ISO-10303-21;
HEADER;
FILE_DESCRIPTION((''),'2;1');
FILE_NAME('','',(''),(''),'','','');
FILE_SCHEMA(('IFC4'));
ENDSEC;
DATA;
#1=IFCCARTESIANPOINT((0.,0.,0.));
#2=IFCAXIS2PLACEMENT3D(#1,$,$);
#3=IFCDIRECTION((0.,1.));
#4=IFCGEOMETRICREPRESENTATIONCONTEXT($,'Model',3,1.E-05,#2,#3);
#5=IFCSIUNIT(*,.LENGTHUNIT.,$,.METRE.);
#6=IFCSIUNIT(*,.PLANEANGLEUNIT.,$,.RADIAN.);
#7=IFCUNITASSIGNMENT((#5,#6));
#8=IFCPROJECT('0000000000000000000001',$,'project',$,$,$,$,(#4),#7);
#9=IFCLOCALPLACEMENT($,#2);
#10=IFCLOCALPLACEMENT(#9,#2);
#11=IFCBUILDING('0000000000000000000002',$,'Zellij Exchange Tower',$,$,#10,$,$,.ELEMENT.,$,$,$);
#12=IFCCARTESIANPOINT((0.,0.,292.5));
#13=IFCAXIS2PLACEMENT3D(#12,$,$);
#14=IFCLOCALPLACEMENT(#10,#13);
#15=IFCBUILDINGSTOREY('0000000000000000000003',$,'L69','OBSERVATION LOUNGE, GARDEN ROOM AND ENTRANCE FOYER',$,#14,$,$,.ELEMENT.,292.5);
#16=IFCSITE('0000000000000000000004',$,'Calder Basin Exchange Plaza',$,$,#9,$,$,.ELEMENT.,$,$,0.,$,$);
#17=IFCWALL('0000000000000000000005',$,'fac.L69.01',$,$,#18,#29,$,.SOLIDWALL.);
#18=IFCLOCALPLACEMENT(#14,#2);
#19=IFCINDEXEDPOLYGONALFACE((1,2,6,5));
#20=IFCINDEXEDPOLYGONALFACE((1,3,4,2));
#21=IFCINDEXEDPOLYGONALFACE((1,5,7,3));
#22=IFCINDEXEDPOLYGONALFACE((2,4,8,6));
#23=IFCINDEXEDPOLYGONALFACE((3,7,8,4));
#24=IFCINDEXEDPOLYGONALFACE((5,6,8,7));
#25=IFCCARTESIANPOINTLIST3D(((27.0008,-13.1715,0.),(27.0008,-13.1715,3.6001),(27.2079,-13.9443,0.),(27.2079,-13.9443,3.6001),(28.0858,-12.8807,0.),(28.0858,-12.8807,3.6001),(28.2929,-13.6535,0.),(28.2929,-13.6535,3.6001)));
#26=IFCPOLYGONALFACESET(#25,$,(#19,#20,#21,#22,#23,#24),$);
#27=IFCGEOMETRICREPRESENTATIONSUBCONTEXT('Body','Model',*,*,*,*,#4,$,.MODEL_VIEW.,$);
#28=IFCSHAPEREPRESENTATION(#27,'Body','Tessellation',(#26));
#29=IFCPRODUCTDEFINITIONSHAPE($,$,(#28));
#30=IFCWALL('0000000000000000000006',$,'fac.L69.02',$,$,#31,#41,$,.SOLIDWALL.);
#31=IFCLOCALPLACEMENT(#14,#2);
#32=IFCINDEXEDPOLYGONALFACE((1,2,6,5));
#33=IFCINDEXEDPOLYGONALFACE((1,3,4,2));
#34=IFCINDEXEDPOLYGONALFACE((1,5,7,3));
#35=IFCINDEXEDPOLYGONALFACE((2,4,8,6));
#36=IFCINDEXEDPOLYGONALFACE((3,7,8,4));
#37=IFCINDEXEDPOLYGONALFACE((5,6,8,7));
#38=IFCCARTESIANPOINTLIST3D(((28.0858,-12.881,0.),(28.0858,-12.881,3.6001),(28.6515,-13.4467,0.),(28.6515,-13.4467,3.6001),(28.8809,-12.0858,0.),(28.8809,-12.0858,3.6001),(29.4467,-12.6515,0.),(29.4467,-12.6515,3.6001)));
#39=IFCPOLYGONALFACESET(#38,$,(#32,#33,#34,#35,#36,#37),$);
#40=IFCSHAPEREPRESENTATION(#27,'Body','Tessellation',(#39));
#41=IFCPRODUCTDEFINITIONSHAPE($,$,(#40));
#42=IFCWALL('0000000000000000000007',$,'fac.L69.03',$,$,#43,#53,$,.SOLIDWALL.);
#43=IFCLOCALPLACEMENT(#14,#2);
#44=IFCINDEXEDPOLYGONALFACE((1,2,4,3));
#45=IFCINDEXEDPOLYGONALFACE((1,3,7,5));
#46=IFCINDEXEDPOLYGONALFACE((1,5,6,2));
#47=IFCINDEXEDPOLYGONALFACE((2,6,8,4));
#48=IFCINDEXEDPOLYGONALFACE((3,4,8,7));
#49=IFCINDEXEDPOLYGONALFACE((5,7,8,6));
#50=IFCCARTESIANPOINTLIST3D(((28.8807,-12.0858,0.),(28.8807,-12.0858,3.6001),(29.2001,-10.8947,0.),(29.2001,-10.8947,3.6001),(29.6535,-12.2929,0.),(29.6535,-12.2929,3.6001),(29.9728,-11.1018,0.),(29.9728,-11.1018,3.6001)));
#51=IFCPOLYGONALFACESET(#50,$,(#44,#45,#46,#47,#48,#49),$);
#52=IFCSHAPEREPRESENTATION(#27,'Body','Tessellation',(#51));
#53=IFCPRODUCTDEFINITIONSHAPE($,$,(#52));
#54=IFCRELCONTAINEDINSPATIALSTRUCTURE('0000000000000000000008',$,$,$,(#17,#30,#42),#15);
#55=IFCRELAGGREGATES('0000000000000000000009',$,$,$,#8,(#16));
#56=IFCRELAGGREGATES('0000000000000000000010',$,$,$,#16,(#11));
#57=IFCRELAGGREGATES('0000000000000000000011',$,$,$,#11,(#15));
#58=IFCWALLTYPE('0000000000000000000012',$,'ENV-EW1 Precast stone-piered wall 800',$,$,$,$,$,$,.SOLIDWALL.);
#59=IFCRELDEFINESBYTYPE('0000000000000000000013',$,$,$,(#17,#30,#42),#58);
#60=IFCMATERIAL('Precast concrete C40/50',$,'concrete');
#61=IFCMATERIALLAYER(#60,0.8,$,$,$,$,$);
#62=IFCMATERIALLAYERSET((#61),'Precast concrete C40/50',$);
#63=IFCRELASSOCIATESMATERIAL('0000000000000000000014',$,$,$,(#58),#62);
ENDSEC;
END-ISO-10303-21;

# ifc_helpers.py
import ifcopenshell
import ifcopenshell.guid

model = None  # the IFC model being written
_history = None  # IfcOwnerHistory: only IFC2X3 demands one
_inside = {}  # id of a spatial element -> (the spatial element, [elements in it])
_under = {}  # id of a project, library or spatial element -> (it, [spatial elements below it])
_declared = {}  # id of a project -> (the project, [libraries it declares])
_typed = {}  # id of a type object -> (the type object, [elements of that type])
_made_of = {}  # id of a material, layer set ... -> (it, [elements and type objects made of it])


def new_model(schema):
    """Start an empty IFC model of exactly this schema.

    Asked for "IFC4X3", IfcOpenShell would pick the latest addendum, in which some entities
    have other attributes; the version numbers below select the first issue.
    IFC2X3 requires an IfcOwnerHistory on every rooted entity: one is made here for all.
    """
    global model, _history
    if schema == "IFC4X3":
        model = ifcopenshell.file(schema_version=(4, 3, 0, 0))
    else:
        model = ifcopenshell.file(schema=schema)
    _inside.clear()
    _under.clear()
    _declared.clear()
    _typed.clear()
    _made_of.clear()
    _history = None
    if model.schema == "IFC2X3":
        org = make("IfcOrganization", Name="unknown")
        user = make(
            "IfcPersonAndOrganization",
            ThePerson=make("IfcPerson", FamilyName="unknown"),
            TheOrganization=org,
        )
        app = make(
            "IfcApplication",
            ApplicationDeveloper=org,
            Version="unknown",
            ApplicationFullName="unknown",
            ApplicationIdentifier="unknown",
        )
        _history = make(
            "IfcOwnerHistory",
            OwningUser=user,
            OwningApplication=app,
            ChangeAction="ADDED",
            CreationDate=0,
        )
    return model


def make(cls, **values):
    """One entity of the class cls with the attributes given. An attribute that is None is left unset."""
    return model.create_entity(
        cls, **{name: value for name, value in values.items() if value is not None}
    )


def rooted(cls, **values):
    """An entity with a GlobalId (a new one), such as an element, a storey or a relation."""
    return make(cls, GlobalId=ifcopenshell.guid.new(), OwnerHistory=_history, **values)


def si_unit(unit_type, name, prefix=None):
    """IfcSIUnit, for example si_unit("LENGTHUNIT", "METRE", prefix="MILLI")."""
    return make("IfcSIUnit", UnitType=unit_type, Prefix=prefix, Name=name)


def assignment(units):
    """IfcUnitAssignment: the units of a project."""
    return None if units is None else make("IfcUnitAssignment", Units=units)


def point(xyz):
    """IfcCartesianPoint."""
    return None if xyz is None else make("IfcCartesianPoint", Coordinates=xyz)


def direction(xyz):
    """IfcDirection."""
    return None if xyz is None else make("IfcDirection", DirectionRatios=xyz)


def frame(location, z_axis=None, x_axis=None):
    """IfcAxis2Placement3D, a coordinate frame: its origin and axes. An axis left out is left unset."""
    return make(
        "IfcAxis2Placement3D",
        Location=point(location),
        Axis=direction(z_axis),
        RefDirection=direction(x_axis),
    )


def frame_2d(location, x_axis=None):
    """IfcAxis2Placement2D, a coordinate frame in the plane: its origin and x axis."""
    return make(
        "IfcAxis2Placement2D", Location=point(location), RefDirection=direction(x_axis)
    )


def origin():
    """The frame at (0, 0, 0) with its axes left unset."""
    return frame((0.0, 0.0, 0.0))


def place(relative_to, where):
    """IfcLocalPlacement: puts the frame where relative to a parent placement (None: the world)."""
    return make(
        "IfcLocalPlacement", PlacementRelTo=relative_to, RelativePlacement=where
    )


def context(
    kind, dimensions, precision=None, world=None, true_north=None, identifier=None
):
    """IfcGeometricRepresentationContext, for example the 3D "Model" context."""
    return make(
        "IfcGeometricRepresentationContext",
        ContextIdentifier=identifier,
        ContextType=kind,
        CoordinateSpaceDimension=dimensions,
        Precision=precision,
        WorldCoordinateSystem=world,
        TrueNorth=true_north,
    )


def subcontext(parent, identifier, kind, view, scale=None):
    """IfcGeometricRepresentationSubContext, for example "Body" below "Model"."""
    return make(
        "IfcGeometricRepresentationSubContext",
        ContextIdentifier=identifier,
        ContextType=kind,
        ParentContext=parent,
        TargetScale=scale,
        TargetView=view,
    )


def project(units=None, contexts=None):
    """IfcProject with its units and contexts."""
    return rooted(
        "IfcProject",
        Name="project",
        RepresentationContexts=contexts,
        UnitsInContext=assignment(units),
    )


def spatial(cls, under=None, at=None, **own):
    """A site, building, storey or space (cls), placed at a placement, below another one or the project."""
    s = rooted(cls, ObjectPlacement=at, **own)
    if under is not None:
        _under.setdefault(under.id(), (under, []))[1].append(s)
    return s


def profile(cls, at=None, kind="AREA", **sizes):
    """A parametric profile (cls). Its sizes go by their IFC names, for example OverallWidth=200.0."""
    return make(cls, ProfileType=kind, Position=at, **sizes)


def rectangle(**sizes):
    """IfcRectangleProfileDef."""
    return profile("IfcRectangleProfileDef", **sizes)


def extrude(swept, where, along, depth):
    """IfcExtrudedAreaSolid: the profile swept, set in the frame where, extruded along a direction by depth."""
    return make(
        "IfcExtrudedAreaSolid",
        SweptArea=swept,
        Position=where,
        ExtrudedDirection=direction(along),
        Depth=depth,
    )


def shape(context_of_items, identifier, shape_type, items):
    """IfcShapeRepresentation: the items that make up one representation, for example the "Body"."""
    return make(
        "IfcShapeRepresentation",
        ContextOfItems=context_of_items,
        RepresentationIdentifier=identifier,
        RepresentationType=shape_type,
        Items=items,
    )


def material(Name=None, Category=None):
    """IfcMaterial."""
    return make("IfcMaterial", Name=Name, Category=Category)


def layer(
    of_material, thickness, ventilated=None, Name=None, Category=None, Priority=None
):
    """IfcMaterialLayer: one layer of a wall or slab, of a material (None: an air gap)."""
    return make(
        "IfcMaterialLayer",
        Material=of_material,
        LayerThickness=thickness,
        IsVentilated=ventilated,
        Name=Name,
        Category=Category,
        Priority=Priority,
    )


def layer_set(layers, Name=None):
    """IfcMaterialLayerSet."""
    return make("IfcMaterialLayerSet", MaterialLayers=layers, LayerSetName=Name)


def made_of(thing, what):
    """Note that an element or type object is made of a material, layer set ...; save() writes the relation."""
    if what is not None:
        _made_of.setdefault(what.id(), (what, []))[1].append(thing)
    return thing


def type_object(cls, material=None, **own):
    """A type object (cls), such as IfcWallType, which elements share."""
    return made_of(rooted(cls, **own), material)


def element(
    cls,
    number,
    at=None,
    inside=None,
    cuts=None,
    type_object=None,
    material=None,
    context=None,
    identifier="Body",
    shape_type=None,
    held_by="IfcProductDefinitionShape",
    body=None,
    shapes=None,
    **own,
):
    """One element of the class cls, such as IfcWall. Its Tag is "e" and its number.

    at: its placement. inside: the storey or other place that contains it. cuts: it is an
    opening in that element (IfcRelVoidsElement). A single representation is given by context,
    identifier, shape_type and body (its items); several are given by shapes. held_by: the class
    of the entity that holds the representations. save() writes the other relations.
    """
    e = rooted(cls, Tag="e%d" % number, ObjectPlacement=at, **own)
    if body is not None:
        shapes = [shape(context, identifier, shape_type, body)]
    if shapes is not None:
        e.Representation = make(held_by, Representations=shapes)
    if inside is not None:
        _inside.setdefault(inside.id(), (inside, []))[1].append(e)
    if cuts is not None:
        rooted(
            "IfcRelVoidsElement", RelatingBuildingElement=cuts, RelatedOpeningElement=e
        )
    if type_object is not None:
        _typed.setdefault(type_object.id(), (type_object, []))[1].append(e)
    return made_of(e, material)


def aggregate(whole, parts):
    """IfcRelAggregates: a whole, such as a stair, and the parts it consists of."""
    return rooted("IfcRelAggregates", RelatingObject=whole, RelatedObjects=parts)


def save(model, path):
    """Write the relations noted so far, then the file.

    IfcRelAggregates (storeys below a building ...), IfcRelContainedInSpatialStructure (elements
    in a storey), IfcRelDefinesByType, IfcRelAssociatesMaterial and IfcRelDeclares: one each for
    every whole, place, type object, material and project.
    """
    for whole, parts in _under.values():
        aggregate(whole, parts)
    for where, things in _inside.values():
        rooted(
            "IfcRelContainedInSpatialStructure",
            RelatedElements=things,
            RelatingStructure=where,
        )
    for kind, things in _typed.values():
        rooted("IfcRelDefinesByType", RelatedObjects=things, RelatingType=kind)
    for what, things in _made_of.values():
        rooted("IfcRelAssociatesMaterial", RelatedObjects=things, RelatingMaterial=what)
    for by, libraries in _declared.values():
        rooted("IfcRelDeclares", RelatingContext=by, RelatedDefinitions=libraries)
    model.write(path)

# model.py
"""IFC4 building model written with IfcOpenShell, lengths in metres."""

from ifc_helpers import new_model, si_unit, direction, frame, frame_2d, origin, place, context, subcontext, project, spatial, rectangle, extrude, material, layer, layer_set, type_object, element, save


model = new_model("IFC4")

# Units and contexts
model_context = context("Model", 3, precision=1e-05, world=origin(), true_north=direction((0.0, 1.0)))
body_context = subcontext(model_context, "Body", "Model", "MODEL_VIEW")
ifc_project = project(units=[si_unit("LENGTHUNIT", "METRE"), si_unit("PLANEANGLEUNIT", "RADIAN")], contexts=[model_context])

# Site, building, storey
site_placement = place(None, origin())
site = spatial("IfcSite", under=ifc_project, at=site_placement, Name="Calder Basin Exchange Plaza", CompositionType="ELEMENT", RefElevation=0.0)
building_placement = place(site_placement, origin())
building = spatial("IfcBuilding", under=site, at=building_placement, Name="Zellij Exchange Tower", CompositionType="ELEMENT")
storey_placement = place(building_placement, frame((0.0, 0.0, 292.5)))
storey = spatial("IfcBuildingStorey", under=building, at=storey_placement, Name="L69", Description="OBSERVATION LOUNGE, GARDEN ROOM AND ENTRANCE FOYER", CompositionType="ELEMENT", Elevation=292.5)

# Walls
ifc_material_1 = material(Name="Precast concrete C40/50", Category="concrete")
ifc_layer_1 = layer(ifc_material_1, 0.8)
ifc_layer_set_1 = layer_set([ifc_layer_1], Name="Precast concrete C40/50")
wall_type_1 = type_object("IfcWallType", Name="ENV-EW1 Precast stone-piered wall 800", PredefinedType="SOLIDWALL", material=ifc_layer_set_1)
wall_1_placement = place(storey_placement, frame((27.1045, -13.5579, 0.0), z_axis=(0.0, 0.0, 1.0), x_axis=(0.965913, 0.258866, 0.0)))
element("IfcWall", 1, at=wall_1_placement, inside=storey, type_object=wall_type_1, Name="fac.L69.01", PredefinedType="SOLIDWALL", context=body_context, shape_type="SweptSolid", body=[
    extrude(rectangle(XDim=1.1233, YDim=0.8, at=frame_2d((0.5615, 0.0))), origin(), (0.0, 0.0, 1.0), 3.6001),
])
wall_2_placement = place(storey_placement, frame((28.3687, -13.1638, 0.0), z_axis=(0.0, 0.0, 1.0), x_axis=(0.707107, 0.707107, 0.0)))
element("IfcWall", 2, at=wall_2_placement, inside=storey, type_object=wall_type_1, Name="fac.L69.02", PredefinedType="SOLIDWALL", context=body_context, shape_type="SweptSolid", body=[
    extrude(rectangle(XDim=1.1245, YDim=0.8, at=frame_2d((0.5623, 0.0))), origin(), (0.0, 0.0, 1.0), 3.6001),
])
wall_3_placement = place(storey_placement, frame((29.2671, -12.1895, 0.0), z_axis=(0.0, 0.0, 1.0), x_axis=(0.258944, 0.965892, 0.0)))
element("IfcWall", 3, at=wall_3_placement, inside=storey, type_object=wall_type_1, Name="fac.L69.03", PredefinedType="SOLIDWALL", context=body_context, shape_type="SweptSolid", body=[
    extrude(rectangle(XDim=1.2332, YDim=0.8, at=frame_2d((0.6167, 0.0))), origin(), (0.0, 0.0, 1.0), 3.6001),
])

save(model, "model.ifc")
